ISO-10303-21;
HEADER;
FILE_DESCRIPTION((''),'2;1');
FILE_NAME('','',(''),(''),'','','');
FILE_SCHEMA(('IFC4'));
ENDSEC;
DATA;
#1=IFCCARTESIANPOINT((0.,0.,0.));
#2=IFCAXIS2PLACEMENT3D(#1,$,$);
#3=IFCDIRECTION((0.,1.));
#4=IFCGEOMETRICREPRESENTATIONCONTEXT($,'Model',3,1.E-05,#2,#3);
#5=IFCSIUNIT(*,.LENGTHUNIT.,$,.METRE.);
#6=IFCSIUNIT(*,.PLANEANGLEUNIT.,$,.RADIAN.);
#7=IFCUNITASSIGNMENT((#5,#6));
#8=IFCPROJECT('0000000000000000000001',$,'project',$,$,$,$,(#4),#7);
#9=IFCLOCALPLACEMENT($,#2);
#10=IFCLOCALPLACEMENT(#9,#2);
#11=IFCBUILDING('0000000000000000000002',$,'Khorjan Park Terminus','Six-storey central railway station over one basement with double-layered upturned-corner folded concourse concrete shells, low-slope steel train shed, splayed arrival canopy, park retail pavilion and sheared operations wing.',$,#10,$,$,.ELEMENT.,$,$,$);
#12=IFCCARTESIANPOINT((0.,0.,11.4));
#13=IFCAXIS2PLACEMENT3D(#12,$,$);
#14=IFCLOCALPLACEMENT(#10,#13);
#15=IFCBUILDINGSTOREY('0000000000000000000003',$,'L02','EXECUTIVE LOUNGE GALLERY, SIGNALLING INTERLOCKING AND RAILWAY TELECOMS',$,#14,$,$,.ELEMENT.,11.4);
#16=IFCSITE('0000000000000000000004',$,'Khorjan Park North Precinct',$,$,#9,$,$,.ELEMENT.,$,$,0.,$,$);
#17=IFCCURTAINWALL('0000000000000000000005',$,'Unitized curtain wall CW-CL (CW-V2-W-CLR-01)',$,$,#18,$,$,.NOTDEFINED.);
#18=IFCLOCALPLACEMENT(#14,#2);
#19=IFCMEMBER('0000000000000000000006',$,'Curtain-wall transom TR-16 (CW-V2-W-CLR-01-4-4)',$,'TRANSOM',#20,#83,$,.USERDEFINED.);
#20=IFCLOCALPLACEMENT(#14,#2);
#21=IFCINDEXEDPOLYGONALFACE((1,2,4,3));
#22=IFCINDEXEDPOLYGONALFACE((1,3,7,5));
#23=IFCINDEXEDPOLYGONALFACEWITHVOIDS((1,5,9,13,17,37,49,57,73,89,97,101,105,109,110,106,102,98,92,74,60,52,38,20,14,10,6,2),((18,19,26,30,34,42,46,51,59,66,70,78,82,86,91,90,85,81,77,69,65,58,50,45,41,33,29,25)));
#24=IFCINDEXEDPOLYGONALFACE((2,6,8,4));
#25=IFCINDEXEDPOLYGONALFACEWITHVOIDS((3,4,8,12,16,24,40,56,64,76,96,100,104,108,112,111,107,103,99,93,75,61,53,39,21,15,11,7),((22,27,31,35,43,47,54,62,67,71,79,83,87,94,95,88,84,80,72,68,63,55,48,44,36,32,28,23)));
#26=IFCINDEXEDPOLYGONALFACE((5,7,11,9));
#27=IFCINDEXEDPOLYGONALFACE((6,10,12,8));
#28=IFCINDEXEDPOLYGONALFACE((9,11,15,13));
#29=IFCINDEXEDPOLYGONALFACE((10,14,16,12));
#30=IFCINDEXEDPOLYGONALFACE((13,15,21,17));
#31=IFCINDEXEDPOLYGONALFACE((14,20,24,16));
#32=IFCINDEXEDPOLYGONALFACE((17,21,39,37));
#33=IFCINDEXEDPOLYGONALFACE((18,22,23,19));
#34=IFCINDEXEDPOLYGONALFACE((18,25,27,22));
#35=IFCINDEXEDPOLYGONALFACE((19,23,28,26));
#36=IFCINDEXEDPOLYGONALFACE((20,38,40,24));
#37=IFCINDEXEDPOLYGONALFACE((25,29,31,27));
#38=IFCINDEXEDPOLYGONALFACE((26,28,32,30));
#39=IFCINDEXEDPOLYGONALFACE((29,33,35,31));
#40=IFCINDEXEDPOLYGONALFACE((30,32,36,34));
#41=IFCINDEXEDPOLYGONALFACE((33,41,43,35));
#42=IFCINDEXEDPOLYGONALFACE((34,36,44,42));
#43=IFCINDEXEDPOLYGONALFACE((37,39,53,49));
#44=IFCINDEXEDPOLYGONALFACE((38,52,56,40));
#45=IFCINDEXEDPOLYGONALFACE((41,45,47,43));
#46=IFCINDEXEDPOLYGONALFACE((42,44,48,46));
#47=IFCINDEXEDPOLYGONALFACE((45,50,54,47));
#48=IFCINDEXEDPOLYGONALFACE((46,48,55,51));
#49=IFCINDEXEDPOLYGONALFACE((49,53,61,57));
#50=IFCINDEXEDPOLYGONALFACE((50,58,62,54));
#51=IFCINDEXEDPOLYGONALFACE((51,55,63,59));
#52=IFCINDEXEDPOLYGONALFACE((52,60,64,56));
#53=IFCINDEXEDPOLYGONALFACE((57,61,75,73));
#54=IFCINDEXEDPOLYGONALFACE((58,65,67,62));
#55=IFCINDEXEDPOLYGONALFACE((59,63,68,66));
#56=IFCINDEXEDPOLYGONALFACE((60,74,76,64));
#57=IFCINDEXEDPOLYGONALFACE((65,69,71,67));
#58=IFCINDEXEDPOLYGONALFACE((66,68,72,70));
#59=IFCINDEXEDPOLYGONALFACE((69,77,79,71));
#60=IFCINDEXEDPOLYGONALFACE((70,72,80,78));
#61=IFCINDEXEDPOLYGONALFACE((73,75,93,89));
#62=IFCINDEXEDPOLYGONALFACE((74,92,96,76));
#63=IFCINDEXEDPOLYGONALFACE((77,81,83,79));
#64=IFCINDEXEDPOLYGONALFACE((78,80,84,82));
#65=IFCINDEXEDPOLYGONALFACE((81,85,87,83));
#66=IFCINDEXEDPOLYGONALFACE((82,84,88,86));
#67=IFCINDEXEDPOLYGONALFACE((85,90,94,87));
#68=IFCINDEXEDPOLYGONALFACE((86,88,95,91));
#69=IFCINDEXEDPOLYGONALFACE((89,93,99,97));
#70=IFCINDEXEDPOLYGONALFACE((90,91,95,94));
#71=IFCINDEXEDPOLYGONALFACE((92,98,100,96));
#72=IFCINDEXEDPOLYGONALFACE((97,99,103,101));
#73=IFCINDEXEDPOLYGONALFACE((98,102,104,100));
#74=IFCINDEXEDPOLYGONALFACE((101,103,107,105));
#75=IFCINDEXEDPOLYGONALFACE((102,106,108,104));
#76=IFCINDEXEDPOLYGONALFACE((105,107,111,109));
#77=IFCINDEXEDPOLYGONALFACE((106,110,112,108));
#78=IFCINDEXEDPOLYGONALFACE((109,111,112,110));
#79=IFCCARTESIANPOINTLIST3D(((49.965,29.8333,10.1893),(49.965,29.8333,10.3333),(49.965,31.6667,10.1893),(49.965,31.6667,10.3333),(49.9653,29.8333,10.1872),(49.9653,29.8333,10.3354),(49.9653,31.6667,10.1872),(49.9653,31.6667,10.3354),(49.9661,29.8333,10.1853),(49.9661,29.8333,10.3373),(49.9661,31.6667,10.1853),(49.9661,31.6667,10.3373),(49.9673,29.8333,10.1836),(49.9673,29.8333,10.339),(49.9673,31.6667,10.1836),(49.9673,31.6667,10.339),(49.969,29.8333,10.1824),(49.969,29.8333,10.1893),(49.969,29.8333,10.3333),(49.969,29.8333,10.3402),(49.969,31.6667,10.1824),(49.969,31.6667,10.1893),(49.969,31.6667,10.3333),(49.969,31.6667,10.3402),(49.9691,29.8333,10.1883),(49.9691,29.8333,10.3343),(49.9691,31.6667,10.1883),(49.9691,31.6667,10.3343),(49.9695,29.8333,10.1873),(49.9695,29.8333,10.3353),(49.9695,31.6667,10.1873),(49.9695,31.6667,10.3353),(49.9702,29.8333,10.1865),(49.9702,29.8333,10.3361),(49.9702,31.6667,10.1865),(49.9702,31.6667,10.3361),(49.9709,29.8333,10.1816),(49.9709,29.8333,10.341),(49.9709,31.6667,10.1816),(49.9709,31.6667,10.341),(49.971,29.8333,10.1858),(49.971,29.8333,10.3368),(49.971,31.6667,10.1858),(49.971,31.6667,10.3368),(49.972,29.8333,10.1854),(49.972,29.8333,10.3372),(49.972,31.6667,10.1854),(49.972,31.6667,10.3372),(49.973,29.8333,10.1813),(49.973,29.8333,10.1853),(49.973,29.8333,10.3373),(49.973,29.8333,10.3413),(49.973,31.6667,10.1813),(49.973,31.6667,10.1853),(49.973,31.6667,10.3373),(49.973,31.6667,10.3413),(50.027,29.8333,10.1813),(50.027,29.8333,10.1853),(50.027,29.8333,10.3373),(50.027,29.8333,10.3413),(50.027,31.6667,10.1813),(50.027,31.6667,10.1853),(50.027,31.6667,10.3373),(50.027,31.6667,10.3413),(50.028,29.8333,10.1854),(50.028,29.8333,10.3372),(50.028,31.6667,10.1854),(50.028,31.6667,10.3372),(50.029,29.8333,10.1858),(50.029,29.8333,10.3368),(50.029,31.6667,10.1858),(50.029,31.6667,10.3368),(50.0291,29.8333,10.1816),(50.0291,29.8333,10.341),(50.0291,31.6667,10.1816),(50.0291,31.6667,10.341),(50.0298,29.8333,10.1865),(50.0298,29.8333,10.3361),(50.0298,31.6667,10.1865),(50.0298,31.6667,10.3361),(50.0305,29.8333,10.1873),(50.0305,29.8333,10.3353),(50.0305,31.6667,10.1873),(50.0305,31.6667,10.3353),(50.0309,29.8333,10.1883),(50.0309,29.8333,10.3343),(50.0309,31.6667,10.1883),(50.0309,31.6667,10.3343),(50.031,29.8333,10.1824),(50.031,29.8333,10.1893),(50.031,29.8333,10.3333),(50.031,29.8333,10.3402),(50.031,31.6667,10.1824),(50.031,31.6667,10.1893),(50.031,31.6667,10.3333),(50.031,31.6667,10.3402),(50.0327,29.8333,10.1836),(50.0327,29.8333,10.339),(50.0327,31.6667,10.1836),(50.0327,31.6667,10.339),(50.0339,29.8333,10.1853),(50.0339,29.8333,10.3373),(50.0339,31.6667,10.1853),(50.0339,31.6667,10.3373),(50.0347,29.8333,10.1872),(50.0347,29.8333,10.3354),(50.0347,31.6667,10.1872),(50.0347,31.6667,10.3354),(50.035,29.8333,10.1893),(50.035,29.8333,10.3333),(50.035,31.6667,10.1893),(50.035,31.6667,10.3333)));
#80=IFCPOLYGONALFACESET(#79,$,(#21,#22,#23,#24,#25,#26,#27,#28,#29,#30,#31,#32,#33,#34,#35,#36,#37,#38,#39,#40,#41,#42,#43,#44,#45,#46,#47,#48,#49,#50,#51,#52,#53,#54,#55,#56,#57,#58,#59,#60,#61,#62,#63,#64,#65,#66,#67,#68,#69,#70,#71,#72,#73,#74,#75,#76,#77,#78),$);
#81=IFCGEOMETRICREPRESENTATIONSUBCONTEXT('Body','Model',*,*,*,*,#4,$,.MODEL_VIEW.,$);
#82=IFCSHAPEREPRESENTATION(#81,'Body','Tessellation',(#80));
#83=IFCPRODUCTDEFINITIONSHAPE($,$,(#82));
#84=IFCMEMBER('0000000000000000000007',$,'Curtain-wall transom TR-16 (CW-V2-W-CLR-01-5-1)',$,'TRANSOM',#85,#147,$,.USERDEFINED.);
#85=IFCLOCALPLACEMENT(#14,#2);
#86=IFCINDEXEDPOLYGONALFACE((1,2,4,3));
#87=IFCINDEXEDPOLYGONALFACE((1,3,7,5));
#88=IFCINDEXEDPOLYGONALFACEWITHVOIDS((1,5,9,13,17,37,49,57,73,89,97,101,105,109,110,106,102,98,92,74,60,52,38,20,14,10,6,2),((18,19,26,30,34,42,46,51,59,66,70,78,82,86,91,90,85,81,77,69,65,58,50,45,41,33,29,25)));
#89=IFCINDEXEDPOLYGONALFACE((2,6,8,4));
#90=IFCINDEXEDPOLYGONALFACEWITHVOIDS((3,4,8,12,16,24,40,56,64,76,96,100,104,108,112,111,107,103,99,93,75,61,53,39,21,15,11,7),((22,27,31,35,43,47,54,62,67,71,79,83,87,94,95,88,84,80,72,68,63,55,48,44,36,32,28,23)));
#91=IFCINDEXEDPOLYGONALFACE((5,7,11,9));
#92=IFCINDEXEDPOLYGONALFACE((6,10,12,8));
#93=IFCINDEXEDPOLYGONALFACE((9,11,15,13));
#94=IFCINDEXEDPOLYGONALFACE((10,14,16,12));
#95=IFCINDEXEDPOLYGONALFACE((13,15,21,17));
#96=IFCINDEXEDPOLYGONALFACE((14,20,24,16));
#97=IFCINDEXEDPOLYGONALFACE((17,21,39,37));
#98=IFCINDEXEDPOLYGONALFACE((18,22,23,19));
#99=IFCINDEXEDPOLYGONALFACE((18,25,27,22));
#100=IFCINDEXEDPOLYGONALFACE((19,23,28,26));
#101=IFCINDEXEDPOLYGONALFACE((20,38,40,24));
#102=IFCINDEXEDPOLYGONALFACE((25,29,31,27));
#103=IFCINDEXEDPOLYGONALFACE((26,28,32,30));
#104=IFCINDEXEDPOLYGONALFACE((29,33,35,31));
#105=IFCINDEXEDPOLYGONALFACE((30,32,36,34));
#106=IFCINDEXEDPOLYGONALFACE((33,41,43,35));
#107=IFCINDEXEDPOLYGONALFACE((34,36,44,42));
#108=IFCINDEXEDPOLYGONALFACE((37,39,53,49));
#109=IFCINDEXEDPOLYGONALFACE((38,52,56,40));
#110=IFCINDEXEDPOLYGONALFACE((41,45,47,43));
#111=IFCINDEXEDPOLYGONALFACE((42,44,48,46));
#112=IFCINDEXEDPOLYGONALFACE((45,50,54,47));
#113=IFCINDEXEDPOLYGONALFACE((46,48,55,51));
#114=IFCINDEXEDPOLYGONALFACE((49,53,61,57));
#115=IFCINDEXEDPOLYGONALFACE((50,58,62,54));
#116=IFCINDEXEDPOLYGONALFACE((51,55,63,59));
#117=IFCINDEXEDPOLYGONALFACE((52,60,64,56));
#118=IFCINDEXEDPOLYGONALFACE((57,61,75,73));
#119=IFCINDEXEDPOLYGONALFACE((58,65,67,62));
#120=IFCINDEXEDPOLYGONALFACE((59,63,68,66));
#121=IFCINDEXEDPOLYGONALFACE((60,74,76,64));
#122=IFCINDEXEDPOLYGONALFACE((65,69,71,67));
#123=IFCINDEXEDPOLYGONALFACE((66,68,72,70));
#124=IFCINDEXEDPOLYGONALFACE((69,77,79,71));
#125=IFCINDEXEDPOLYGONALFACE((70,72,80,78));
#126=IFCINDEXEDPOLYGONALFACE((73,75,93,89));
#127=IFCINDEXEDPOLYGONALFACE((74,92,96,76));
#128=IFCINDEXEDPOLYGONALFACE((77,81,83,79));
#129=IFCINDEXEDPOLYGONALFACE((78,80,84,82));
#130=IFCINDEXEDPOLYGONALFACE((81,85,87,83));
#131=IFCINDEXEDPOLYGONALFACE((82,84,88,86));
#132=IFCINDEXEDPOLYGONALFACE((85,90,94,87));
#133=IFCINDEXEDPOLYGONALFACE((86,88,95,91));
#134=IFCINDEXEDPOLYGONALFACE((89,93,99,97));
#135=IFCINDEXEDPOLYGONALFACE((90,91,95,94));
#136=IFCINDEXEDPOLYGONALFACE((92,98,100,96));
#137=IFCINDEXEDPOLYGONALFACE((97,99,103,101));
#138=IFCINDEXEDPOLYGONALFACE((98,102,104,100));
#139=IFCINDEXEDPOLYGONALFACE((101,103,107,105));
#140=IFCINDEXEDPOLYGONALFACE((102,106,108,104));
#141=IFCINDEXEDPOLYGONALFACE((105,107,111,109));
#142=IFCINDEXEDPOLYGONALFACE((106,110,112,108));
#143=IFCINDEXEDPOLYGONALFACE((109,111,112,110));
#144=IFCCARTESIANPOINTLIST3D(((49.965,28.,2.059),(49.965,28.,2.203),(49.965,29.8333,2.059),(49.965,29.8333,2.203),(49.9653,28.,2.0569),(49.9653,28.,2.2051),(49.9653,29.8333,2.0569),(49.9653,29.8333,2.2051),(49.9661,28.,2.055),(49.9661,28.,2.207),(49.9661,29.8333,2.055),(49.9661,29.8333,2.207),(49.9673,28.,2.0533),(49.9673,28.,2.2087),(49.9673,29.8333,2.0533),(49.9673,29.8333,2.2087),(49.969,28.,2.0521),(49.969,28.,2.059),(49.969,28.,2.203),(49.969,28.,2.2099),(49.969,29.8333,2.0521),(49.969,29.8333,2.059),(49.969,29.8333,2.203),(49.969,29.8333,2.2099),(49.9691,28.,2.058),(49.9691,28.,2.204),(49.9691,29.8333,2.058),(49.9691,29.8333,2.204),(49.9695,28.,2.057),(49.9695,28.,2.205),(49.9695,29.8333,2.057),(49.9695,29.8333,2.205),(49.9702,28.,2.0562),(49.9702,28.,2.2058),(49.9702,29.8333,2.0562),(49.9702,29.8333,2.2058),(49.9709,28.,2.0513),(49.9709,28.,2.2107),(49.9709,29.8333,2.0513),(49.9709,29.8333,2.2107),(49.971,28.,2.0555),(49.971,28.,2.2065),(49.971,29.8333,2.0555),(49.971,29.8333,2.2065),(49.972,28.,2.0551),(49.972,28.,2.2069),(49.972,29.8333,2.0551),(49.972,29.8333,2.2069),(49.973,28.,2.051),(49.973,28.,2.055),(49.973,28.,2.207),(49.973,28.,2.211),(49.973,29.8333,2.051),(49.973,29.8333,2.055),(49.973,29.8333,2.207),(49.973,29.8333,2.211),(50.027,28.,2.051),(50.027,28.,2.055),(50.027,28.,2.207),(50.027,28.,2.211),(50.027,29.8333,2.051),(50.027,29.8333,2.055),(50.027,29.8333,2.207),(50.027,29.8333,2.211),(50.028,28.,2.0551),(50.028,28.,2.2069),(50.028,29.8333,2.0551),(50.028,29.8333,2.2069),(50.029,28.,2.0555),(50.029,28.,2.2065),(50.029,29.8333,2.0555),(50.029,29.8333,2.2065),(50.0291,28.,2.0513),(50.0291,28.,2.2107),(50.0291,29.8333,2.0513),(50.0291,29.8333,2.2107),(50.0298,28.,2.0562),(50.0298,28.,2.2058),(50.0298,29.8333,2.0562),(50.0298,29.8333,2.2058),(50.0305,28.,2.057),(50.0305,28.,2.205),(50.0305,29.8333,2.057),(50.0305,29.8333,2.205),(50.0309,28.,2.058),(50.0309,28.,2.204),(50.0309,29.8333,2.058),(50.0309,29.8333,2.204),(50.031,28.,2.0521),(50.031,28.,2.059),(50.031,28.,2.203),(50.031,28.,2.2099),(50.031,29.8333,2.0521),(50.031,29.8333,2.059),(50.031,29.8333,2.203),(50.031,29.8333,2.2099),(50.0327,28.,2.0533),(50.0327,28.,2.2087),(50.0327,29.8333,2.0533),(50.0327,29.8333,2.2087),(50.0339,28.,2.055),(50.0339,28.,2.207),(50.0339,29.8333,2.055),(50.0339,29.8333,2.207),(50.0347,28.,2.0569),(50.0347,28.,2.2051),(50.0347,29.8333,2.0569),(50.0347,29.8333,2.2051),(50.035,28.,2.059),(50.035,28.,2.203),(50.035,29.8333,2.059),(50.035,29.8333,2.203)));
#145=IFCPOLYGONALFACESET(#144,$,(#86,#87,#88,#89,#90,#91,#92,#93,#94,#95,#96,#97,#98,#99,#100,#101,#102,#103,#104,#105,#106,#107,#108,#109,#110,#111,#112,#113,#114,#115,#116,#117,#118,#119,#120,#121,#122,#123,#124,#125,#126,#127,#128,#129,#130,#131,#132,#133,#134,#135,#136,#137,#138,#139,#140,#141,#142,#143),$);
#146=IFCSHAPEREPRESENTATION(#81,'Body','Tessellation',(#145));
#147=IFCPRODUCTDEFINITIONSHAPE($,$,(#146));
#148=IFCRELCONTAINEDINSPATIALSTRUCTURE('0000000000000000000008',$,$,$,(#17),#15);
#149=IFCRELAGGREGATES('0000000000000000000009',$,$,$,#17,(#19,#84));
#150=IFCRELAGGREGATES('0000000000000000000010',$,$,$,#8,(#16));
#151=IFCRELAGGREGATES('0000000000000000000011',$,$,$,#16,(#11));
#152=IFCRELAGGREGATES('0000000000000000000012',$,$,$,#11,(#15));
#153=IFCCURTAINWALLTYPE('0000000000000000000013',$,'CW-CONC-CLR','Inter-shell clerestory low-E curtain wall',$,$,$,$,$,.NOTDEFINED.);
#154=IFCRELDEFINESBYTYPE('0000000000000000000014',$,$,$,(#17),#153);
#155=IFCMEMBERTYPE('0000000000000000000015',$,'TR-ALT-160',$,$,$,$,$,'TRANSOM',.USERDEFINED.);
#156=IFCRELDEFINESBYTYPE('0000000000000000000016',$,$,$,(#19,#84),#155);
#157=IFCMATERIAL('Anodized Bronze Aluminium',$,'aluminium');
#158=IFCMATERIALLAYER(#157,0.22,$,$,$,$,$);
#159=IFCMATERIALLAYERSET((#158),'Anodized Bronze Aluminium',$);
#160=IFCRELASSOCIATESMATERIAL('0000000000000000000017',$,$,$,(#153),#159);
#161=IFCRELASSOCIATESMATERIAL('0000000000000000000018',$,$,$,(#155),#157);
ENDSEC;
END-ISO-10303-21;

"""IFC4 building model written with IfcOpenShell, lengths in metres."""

from ifc_helpers import new_model, si_unit, direction, frame, origin, origin_2d, place, context, subcontext, project, spatial, hollow_rectangle, extrude, material, layer, layer_set, material_profile, profile_set, type_object, element, aggregate, save


model = new_model("IFC4")

# Units and contexts
model_context = context("Model", 3, precision=1e-05, world=origin(), true_north=direction((0.0, 1.0)))
body_context = subcontext(model_context, "Body", "Model", "MODEL_VIEW")
ifc_project = project(units=[si_unit("LENGTHUNIT", "METRE"), si_unit("PLANEANGLEUNIT", "RADIAN")], contexts=[model_context])

# Site, building, storey
site_placement = place(None, origin())
site = spatial("IfcSite", under=ifc_project, at=site_placement, Name="Khorjan Park North Precinct", CompositionType="ELEMENT", RefElevation=0.0)
building_placement = place(site_placement, origin())
building = spatial("IfcBuilding", under=site, at=building_placement, Name="Khorjan Park Terminus", Description="Six-storey central railway station over one basement with double-layered upturned-corner folded concourse concrete shells, low-slope steel train shed, splayed arrival canopy, park retail pavilion and sheared operations wing.", CompositionType="ELEMENT")
storey_placement = place(building_placement, frame((0.0, 0.0, 11.4)))
storey = spatial("IfcBuildingStorey", under=building, at=storey_placement, Name="L02", Description="EXECUTIVE LOUNGE GALLERY, SIGNALLING INTERLOCKING AND RAILWAY TELECOMS", CompositionType="ELEMENT", Elevation=11.4)

# Curtain wall
ifc_material_1 = material(Name="Anodized Bronze Aluminium", Category="aluminium")
ifc_layer_1 = layer(ifc_material_1, 0.22)
ifc_layer_set_1 = layer_set([ifc_layer_1], Name="Anodized Bronze Aluminium")
curtain_wall_type = type_object("IfcCurtainWallType", Name="CW-CONC-CLR", Description="Inter-shell clerestory low-E curtain wall", PredefinedType="NOTDEFINED", material=ifc_layer_set_1)
curtain_wall_placement = place(storey_placement, origin())
curtain_wall = element("IfcCurtainWall", 1, at=curtain_wall_placement, inside=storey, type_object=curtain_wall_type, Name="Unitized curtain wall CW-CL (CW-V2-W-CLR-01)", PredefinedType="NOTDEFINED")

# Members
ifc_material_profile_1 = material_profile(ifc_material_1, hollow_rectangle(XDim=0.07, YDim=0.16, WallThickness=0.004, InnerFilletRadius=0.004, OuterFilletRadius=0.008, at=origin_2d()), Name="ALT 70x160x4")
ifc_profile_set_1 = profile_set([ifc_material_profile_1], Name="Anodized Bronze Aluminium")
member_type_1 = type_object("IfcMemberType", Name="TR-ALT-160", ElementType="TRANSOM", PredefinedType="USERDEFINED", material=ifc_profile_set_1)
member_1_placement = place(storey_placement, frame((50.0, 31.6667, 10.2613), z_axis=(0.0, -1.0, 0.0), x_axis=(1.0, 0.0, 0.0)))
member_1 = element("IfcMember", 2, at=member_1_placement, type_object=member_type_1, Name="Curtain-wall transom TR-16 (CW-V2-W-CLR-01-4-4)", ObjectType="TRANSOM", PredefinedType="USERDEFINED", context=body_context, shape_type="SweptSolid", body=[
    extrude(hollow_rectangle(XDim=0.07, YDim=0.16, WallThickness=0.004, InnerFilletRadius=0.004, OuterFilletRadius=0.008, at=origin_2d()), origin(), (0.0, 0.0, 1.0), 1.8334),
])
member_2_placement = place(storey_placement, frame((50.0, 29.8333, 2.131), z_axis=(0.0, -1.0, 0.0), x_axis=(1.0, 0.0, 0.0)))
member_2 = element("IfcMember", 3, at=member_2_placement, type_object=member_type_1, Name="Curtain-wall transom TR-16 (CW-V2-W-CLR-01-5-1)", ObjectType="TRANSOM", PredefinedType="USERDEFINED", context=body_context, shape_type="SweptSolid", body=[
    extrude(hollow_rectangle(XDim=0.07, YDim=0.16, WallThickness=0.004, InnerFilletRadius=0.004, OuterFilletRadius=0.008, at=origin_2d()), origin(), (0.0, 0.0, 1.0), 1.8333),
])

aggregate(curtain_wall, [member_1, member_2])

save(model, "model.ifc")
